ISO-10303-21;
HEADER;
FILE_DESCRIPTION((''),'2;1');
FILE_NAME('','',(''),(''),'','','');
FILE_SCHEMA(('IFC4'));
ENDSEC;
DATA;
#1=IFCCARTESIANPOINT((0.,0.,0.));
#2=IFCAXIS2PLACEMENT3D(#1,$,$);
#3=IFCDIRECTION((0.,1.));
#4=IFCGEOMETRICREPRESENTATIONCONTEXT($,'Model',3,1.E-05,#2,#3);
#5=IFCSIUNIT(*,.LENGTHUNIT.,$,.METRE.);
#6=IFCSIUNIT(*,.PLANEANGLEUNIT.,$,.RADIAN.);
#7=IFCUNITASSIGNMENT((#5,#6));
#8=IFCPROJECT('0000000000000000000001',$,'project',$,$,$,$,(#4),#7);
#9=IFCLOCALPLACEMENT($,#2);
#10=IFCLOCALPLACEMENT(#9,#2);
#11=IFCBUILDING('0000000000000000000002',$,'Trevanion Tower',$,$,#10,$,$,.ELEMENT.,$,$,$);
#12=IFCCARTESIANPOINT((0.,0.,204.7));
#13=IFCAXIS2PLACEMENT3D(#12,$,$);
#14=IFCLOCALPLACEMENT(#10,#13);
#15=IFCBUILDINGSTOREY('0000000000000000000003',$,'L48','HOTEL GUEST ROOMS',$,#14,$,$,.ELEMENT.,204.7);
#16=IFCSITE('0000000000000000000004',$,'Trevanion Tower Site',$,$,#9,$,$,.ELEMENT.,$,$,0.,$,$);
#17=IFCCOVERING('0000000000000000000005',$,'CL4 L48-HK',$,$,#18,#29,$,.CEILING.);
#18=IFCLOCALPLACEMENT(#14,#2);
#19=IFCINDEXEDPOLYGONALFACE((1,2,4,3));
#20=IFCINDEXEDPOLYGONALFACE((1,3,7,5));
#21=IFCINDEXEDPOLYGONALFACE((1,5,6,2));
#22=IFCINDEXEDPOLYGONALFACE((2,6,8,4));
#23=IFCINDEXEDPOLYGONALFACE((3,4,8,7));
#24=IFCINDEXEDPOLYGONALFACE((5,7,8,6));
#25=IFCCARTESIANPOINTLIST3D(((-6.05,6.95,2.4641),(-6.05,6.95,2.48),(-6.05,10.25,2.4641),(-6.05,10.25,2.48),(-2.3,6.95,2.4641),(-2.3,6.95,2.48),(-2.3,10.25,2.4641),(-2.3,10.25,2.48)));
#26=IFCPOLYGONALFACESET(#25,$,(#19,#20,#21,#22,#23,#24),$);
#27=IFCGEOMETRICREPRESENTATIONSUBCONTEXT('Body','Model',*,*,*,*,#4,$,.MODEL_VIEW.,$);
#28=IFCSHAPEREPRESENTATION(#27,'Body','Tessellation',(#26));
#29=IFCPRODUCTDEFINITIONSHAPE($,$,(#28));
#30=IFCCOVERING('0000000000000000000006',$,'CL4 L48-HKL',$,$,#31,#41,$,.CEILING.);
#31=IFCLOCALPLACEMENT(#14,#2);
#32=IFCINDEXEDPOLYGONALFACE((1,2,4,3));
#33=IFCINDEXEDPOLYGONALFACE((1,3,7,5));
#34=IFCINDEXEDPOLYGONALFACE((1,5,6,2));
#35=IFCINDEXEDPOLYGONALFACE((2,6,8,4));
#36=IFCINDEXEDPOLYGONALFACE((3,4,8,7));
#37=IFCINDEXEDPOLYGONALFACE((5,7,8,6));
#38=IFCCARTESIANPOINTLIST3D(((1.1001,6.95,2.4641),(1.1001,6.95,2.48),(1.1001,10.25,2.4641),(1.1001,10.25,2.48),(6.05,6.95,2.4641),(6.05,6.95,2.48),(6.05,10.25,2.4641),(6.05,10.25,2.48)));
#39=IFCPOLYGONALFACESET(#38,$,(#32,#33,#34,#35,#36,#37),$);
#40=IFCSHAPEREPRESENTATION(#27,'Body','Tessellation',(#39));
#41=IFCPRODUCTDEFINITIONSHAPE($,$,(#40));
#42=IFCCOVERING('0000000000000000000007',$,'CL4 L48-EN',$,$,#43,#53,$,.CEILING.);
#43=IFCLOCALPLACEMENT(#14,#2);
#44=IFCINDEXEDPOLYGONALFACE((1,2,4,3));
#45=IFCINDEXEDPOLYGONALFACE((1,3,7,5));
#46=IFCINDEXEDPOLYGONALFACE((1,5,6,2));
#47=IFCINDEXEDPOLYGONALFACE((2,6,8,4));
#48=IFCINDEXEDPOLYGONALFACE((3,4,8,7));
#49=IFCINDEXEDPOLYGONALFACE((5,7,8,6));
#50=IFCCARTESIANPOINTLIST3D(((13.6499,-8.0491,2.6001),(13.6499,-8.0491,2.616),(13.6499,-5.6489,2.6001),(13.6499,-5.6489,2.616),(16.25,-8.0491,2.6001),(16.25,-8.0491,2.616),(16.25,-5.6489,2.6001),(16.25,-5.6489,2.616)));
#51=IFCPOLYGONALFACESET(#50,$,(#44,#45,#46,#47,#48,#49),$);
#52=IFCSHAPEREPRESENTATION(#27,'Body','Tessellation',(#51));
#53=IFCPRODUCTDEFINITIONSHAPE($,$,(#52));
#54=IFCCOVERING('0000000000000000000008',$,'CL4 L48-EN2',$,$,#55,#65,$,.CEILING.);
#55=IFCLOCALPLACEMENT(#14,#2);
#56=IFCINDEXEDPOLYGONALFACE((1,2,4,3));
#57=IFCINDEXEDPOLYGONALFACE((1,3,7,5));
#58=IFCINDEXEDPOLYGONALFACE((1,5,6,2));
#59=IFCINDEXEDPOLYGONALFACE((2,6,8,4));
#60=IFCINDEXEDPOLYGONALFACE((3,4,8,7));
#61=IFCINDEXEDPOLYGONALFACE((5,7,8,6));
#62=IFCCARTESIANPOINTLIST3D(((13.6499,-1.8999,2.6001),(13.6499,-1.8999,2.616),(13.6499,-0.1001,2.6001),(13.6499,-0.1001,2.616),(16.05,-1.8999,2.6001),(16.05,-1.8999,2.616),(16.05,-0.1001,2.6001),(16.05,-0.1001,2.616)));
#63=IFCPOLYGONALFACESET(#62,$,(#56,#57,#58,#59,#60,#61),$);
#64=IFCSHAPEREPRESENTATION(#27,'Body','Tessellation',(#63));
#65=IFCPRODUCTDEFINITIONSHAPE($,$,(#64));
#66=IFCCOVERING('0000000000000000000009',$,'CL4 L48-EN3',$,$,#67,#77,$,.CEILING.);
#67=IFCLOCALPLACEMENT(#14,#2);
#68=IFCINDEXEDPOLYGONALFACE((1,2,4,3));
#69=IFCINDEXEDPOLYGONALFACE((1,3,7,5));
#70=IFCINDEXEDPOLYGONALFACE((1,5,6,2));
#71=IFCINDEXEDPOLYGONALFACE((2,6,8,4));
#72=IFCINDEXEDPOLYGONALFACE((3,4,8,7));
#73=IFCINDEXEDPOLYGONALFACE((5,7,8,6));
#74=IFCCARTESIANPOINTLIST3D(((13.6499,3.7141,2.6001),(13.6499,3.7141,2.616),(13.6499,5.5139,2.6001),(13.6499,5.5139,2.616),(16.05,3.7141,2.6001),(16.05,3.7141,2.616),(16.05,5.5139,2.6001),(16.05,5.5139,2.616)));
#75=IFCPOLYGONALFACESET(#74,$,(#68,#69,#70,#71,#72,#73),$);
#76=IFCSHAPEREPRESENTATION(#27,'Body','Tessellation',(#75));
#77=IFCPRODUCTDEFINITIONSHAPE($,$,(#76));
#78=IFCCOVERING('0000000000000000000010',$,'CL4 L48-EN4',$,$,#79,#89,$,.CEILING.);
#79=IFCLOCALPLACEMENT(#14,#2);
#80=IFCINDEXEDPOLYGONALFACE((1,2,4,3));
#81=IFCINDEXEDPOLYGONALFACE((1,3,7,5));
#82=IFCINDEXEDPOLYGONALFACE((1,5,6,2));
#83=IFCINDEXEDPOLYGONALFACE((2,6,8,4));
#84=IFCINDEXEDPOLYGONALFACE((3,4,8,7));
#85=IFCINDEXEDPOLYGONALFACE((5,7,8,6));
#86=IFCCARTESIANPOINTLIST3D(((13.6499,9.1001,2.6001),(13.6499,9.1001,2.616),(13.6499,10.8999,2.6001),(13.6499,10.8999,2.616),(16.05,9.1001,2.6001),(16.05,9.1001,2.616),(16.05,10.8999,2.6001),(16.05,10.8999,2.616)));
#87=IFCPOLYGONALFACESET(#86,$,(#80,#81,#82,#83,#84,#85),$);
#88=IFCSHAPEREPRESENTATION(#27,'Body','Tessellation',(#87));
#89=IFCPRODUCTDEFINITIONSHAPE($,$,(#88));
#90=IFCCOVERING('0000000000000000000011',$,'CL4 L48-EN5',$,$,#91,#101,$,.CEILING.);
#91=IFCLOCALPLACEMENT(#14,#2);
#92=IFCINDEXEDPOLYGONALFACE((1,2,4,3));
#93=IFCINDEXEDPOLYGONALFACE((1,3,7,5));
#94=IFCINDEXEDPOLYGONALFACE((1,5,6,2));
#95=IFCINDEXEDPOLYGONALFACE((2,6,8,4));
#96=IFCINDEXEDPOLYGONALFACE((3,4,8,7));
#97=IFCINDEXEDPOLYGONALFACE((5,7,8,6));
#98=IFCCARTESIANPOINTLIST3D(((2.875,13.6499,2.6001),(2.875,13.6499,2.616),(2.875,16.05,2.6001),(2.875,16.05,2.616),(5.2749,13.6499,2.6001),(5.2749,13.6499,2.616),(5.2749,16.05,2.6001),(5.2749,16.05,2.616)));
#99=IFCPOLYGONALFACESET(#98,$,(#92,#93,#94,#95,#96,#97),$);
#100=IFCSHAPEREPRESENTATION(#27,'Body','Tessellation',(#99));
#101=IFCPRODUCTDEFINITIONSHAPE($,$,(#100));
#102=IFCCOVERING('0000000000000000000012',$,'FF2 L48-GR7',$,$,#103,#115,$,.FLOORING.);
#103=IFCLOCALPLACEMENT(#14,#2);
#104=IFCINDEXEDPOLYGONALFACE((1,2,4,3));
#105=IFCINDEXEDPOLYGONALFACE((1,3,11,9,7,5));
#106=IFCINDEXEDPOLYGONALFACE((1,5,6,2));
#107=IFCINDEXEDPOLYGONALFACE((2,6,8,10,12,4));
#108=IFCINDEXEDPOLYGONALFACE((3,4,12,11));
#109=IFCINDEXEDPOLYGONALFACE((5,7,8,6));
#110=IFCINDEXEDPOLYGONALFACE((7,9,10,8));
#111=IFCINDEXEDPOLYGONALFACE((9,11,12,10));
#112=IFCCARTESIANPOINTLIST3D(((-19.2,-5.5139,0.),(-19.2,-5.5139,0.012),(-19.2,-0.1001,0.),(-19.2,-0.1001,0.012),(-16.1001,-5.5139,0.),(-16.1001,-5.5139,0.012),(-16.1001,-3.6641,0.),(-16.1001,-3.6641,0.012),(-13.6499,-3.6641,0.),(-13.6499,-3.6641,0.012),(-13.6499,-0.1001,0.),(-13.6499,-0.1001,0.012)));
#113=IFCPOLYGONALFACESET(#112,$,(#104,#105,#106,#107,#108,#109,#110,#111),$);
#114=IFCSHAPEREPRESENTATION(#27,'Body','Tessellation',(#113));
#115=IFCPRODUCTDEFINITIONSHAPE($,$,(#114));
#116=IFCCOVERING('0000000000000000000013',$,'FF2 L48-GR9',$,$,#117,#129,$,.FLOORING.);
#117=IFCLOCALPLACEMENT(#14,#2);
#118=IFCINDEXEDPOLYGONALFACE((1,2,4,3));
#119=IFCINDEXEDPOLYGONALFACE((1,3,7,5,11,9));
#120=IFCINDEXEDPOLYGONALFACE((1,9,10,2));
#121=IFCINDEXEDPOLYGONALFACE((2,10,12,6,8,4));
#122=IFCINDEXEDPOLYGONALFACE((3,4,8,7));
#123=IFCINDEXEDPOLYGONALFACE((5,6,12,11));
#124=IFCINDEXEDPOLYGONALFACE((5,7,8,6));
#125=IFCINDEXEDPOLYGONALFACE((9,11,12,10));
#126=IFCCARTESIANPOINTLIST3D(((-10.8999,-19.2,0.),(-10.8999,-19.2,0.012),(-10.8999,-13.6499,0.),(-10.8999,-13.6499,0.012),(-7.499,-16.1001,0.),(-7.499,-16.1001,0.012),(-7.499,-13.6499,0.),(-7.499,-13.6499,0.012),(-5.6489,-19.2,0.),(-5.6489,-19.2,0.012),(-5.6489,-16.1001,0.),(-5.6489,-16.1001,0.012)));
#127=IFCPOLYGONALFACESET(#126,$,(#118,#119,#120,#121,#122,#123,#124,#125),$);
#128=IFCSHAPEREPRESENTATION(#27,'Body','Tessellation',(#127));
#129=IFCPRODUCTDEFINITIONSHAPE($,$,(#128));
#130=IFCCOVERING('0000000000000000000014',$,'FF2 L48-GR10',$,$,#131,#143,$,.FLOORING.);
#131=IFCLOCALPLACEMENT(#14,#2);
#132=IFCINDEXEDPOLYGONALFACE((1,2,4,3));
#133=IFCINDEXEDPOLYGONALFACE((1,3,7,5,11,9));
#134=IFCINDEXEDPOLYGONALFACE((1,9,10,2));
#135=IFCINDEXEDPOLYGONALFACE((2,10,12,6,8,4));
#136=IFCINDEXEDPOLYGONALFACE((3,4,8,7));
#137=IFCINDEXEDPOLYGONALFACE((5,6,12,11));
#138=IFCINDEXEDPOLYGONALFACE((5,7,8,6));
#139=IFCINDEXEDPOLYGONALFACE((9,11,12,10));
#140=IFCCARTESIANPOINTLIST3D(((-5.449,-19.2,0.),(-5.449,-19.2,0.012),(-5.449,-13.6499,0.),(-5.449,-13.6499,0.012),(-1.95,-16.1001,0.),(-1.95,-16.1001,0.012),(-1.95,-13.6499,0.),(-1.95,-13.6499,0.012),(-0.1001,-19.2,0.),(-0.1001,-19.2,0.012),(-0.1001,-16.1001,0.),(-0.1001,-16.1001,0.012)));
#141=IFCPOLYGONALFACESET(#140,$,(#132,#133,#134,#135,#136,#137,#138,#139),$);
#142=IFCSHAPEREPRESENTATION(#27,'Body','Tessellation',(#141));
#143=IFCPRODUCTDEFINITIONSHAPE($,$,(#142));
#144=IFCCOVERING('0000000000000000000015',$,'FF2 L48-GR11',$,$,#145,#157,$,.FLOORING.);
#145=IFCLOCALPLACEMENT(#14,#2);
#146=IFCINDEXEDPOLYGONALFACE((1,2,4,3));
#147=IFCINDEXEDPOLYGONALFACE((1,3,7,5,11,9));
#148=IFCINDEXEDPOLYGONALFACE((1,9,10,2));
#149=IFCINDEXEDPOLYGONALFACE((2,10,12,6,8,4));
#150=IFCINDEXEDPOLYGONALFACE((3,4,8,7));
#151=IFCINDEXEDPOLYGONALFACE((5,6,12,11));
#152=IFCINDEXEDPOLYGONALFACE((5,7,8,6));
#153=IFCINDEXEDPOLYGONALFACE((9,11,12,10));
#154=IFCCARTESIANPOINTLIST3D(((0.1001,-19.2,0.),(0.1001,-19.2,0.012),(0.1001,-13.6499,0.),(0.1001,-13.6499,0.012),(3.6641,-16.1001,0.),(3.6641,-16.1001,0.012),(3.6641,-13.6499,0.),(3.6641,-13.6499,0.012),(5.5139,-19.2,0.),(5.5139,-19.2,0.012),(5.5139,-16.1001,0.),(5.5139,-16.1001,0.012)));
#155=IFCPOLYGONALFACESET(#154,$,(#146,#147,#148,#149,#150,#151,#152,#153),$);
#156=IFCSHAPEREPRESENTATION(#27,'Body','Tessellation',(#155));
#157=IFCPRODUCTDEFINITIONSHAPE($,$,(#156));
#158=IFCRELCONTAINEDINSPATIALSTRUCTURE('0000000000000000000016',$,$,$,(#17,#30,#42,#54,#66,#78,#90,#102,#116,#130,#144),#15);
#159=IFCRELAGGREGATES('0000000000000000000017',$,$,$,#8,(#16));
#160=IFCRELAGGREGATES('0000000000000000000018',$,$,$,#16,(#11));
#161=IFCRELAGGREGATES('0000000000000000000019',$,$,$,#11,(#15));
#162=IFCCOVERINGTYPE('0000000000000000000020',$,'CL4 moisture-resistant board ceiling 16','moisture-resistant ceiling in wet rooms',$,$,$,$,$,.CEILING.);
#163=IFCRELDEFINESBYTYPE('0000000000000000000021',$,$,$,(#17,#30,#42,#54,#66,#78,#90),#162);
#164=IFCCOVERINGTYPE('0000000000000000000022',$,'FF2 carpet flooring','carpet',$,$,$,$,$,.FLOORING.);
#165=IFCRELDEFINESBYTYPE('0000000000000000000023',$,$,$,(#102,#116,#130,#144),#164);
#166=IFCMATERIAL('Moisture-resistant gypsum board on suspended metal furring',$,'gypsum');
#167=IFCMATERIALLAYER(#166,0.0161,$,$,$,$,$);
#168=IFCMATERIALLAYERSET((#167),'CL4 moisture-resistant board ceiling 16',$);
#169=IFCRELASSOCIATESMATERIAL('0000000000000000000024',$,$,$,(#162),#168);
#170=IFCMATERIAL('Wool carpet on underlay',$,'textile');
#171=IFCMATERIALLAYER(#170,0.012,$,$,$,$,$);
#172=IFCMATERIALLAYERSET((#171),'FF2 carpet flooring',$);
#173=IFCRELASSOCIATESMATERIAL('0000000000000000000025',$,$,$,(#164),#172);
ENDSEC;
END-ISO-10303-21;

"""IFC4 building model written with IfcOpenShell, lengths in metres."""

from ifc_helpers import new_model, si_unit, direction, frame, origin, place, context, subcontext, project, spatial, polyline, outline, extrude, material, layer, layer_set, type_object, element, save


model = new_model("IFC4")

# Units and contexts
model_context = context("Model", 3, precision=1e-05, world=origin(), true_north=direction((0.0, 1.0)))
body_context = subcontext(model_context, "Body", "Model", "MODEL_VIEW")
ifc_project = project(units=[si_unit("LENGTHUNIT", "METRE"), si_unit("PLANEANGLEUNIT", "RADIAN")], contexts=[model_context])

# Site, building, storey
site_placement = place(None, origin())
site = spatial("IfcSite", under=ifc_project, at=site_placement, Name="Trevanion Tower Site", CompositionType="ELEMENT", RefElevation=0.0)
building_placement = place(site_placement, origin())
building = spatial("IfcBuilding", under=site, at=building_placement, Name="Trevanion Tower", CompositionType="ELEMENT")
storey_placement = place(building_placement, frame((0.0, 0.0, 204.7)))
storey = spatial("IfcBuildingStorey", under=building, at=storey_placement, Name="L48", Description="HOTEL GUEST ROOMS", CompositionType="ELEMENT", Elevation=204.7)

# Coverings
ifc_material_1 = material(Name="Moisture-resistant gypsum board on suspended metal furring", Category="gypsum")
ifc_layer_1 = layer(ifc_material_1, 0.0161)
ifc_layer_set_1 = layer_set([ifc_layer_1], Name="CL4 moisture-resistant board ceiling 16")
covering_type_1 = type_object("IfcCoveringType", Name="CL4 moisture-resistant board ceiling 16", Description="moisture-resistant ceiling in wet rooms", PredefinedType="CEILING", material=ifc_layer_set_1)
covering_1_placement = place(storey_placement, frame((0.0, 0.0, 2.4641)))
element("IfcCovering", 1, at=covering_1_placement, inside=storey, type_object=covering_type_1, Name="CL4 L48-HK", PredefinedType="CEILING", context=body_context, shape_type="SweptSolid", body=[
    extrude(outline(polyline([(-2.3, 6.95), (-2.3, 10.25), (-6.05, 10.25), (-6.05, 6.95), (-2.3, 6.95)])), origin(), (0.0, 0.0, 1.0), 0.0159),
])
covering_2_placement = place(storey_placement, frame((0.0, 0.0, 2.4641)))
element("IfcCovering", 2, at=covering_2_placement, inside=storey, type_object=covering_type_1, Name="CL4 L48-HKL", PredefinedType="CEILING", context=body_context, shape_type="SweptSolid", body=[
    extrude(outline(polyline([(6.05, 6.95), (6.05, 10.25), (1.1001, 10.25), (1.1001, 6.95), (6.05, 6.95)])), origin(), (0.0, 0.0, 1.0), 0.0159),
])
covering_3_placement = place(storey_placement, frame((0.0, 0.0, 2.6001)))
element("IfcCovering", 3, at=covering_3_placement, inside=storey, type_object=covering_type_1, Name="CL4 L48-EN", PredefinedType="CEILING", context=body_context, shape_type="SweptSolid", body=[
    extrude(outline(polyline([(16.25, -8.0491), (16.25, -5.6489), (13.6499, -5.6489), (13.6499, -8.0491), (16.25, -8.0491)])), origin(), (0.0, 0.0, 1.0), 0.0159),
])
covering_4_placement = place(storey_placement, frame((0.0, 0.0, 2.6001)))
element("IfcCovering", 4, at=covering_4_placement, inside=storey, type_object=covering_type_1, Name="CL4 L48-EN2", PredefinedType="CEILING", context=body_context, shape_type="SweptSolid", body=[
    extrude(outline(polyline([(16.05, -1.8999), (16.05, -0.1001), (13.6499, -0.1001), (13.6499, -1.8999), (16.05, -1.8999)])), origin(), (0.0, 0.0, 1.0), 0.0159),
])
covering_5_placement = place(storey_placement, frame((0.0, 0.0, 2.6001)))
element("IfcCovering", 5, at=covering_5_placement, inside=storey, type_object=covering_type_1, Name="CL4 L48-EN3", PredefinedType="CEILING", context=body_context, shape_type="SweptSolid", body=[
    extrude(outline(polyline([(16.05, 3.7141), (16.05, 5.5139), (13.6499, 5.5139), (13.6499, 3.7141), (16.05, 3.7141)])), origin(), (0.0, 0.0, 1.0), 0.0159),
])
covering_6_placement = place(storey_placement, frame((0.0, 0.0, 2.6001)))
element("IfcCovering", 6, at=covering_6_placement, inside=storey, type_object=covering_type_1, Name="CL4 L48-EN4", PredefinedType="CEILING", context=body_context, shape_type="SweptSolid", body=[
    extrude(outline(polyline([(16.05, 9.1001), (16.05, 10.8999), (13.6499, 10.8999), (13.6499, 9.1001), (16.05, 9.1001)])), origin(), (0.0, 0.0, 1.0), 0.0159),
])
covering_7_placement = place(storey_placement, frame((0.0, 0.0, 2.6001)))
element("IfcCovering", 7, at=covering_7_placement, inside=storey, type_object=covering_type_1, Name="CL4 L48-EN5", PredefinedType="CEILING", context=body_context, shape_type="SweptSolid", body=[
    extrude(outline(polyline([(5.2749, 16.05), (2.875, 16.05), (2.875, 13.6499), (5.2749, 13.6499), (5.2749, 16.05)])), origin(), (0.0, 0.0, 1.0), 0.0159),
])
ifc_material_2 = material(Name="Wool carpet on underlay", Category="textile")
ifc_layer_2 = layer(ifc_material_2, 0.012)
ifc_layer_set_2 = layer_set([ifc_layer_2], Name="FF2 carpet flooring")
covering_type_2 = type_object("IfcCoveringType", Name="FF2 carpet flooring", Description="carpet", PredefinedType="FLOORING", material=ifc_layer_set_2)
covering_8_placement = place(storey_placement, origin())
element("IfcCovering", 8, at=covering_8_placement, inside=storey, type_object=covering_type_2, Name="FF2 L48-GR7", PredefinedType="FLOORING", context=body_context, shape_type="SweptSolid", body=[
    extrude(outline(polyline([(-13.6499, -3.6641), (-16.1001, -3.6641), (-16.1001, -5.5139), (-19.2, -5.5139), (-19.2, -0.1001), (-13.6499, -0.1001), (-13.6499, -3.6641)])), origin(), (0.0, 0.0, 1.0), 0.012),
])
covering_9_placement = place(storey_placement, origin())
element("IfcCovering", 9, at=covering_9_placement, inside=storey, type_object=covering_type_2, Name="FF2 L48-GR9", PredefinedType="FLOORING", context=body_context, shape_type="SweptSolid", body=[
    extrude(outline(polyline([(-7.499, -13.6499), (-7.499, -16.1001), (-5.6489, -16.1001), (-5.6489, -19.2), (-10.8999, -19.2), (-10.8999, -13.6499), (-7.499, -13.6499)])), origin(), (0.0, 0.0, 1.0), 0.012),
])
covering_10_placement = place(storey_placement, origin())
element("IfcCovering", 10, at=covering_10_placement, inside=storey, type_object=covering_type_2, Name="FF2 L48-GR10", PredefinedType="FLOORING", context=body_context, shape_type="SweptSolid", body=[
    extrude(outline(polyline([(-1.95, -13.6499), (-1.95, -16.1001), (-0.1001, -16.1001), (-0.1001, -19.2), (-5.449, -19.2), (-5.449, -13.6499), (-1.95, -13.6499)])), origin(), (0.0, 0.0, 1.0), 0.012),
])
covering_11_placement = place(storey_placement, origin())
element("IfcCovering", 11, at=covering_11_placement, inside=storey, type_object=covering_type_2, Name="FF2 L48-GR11", PredefinedType="FLOORING", context=body_context, shape_type="SweptSolid", body=[
    extrude(outline(polyline([(3.6641, -13.6499), (3.6641, -16.1001), (5.5139, -16.1001), (5.5139, -19.2), (0.1001, -19.2), (0.1001, -13.6499), (3.6641, -13.6499)])), origin(), (0.0, 0.0, 1.0), 0.012),
])

save(model, "model.ifc")
